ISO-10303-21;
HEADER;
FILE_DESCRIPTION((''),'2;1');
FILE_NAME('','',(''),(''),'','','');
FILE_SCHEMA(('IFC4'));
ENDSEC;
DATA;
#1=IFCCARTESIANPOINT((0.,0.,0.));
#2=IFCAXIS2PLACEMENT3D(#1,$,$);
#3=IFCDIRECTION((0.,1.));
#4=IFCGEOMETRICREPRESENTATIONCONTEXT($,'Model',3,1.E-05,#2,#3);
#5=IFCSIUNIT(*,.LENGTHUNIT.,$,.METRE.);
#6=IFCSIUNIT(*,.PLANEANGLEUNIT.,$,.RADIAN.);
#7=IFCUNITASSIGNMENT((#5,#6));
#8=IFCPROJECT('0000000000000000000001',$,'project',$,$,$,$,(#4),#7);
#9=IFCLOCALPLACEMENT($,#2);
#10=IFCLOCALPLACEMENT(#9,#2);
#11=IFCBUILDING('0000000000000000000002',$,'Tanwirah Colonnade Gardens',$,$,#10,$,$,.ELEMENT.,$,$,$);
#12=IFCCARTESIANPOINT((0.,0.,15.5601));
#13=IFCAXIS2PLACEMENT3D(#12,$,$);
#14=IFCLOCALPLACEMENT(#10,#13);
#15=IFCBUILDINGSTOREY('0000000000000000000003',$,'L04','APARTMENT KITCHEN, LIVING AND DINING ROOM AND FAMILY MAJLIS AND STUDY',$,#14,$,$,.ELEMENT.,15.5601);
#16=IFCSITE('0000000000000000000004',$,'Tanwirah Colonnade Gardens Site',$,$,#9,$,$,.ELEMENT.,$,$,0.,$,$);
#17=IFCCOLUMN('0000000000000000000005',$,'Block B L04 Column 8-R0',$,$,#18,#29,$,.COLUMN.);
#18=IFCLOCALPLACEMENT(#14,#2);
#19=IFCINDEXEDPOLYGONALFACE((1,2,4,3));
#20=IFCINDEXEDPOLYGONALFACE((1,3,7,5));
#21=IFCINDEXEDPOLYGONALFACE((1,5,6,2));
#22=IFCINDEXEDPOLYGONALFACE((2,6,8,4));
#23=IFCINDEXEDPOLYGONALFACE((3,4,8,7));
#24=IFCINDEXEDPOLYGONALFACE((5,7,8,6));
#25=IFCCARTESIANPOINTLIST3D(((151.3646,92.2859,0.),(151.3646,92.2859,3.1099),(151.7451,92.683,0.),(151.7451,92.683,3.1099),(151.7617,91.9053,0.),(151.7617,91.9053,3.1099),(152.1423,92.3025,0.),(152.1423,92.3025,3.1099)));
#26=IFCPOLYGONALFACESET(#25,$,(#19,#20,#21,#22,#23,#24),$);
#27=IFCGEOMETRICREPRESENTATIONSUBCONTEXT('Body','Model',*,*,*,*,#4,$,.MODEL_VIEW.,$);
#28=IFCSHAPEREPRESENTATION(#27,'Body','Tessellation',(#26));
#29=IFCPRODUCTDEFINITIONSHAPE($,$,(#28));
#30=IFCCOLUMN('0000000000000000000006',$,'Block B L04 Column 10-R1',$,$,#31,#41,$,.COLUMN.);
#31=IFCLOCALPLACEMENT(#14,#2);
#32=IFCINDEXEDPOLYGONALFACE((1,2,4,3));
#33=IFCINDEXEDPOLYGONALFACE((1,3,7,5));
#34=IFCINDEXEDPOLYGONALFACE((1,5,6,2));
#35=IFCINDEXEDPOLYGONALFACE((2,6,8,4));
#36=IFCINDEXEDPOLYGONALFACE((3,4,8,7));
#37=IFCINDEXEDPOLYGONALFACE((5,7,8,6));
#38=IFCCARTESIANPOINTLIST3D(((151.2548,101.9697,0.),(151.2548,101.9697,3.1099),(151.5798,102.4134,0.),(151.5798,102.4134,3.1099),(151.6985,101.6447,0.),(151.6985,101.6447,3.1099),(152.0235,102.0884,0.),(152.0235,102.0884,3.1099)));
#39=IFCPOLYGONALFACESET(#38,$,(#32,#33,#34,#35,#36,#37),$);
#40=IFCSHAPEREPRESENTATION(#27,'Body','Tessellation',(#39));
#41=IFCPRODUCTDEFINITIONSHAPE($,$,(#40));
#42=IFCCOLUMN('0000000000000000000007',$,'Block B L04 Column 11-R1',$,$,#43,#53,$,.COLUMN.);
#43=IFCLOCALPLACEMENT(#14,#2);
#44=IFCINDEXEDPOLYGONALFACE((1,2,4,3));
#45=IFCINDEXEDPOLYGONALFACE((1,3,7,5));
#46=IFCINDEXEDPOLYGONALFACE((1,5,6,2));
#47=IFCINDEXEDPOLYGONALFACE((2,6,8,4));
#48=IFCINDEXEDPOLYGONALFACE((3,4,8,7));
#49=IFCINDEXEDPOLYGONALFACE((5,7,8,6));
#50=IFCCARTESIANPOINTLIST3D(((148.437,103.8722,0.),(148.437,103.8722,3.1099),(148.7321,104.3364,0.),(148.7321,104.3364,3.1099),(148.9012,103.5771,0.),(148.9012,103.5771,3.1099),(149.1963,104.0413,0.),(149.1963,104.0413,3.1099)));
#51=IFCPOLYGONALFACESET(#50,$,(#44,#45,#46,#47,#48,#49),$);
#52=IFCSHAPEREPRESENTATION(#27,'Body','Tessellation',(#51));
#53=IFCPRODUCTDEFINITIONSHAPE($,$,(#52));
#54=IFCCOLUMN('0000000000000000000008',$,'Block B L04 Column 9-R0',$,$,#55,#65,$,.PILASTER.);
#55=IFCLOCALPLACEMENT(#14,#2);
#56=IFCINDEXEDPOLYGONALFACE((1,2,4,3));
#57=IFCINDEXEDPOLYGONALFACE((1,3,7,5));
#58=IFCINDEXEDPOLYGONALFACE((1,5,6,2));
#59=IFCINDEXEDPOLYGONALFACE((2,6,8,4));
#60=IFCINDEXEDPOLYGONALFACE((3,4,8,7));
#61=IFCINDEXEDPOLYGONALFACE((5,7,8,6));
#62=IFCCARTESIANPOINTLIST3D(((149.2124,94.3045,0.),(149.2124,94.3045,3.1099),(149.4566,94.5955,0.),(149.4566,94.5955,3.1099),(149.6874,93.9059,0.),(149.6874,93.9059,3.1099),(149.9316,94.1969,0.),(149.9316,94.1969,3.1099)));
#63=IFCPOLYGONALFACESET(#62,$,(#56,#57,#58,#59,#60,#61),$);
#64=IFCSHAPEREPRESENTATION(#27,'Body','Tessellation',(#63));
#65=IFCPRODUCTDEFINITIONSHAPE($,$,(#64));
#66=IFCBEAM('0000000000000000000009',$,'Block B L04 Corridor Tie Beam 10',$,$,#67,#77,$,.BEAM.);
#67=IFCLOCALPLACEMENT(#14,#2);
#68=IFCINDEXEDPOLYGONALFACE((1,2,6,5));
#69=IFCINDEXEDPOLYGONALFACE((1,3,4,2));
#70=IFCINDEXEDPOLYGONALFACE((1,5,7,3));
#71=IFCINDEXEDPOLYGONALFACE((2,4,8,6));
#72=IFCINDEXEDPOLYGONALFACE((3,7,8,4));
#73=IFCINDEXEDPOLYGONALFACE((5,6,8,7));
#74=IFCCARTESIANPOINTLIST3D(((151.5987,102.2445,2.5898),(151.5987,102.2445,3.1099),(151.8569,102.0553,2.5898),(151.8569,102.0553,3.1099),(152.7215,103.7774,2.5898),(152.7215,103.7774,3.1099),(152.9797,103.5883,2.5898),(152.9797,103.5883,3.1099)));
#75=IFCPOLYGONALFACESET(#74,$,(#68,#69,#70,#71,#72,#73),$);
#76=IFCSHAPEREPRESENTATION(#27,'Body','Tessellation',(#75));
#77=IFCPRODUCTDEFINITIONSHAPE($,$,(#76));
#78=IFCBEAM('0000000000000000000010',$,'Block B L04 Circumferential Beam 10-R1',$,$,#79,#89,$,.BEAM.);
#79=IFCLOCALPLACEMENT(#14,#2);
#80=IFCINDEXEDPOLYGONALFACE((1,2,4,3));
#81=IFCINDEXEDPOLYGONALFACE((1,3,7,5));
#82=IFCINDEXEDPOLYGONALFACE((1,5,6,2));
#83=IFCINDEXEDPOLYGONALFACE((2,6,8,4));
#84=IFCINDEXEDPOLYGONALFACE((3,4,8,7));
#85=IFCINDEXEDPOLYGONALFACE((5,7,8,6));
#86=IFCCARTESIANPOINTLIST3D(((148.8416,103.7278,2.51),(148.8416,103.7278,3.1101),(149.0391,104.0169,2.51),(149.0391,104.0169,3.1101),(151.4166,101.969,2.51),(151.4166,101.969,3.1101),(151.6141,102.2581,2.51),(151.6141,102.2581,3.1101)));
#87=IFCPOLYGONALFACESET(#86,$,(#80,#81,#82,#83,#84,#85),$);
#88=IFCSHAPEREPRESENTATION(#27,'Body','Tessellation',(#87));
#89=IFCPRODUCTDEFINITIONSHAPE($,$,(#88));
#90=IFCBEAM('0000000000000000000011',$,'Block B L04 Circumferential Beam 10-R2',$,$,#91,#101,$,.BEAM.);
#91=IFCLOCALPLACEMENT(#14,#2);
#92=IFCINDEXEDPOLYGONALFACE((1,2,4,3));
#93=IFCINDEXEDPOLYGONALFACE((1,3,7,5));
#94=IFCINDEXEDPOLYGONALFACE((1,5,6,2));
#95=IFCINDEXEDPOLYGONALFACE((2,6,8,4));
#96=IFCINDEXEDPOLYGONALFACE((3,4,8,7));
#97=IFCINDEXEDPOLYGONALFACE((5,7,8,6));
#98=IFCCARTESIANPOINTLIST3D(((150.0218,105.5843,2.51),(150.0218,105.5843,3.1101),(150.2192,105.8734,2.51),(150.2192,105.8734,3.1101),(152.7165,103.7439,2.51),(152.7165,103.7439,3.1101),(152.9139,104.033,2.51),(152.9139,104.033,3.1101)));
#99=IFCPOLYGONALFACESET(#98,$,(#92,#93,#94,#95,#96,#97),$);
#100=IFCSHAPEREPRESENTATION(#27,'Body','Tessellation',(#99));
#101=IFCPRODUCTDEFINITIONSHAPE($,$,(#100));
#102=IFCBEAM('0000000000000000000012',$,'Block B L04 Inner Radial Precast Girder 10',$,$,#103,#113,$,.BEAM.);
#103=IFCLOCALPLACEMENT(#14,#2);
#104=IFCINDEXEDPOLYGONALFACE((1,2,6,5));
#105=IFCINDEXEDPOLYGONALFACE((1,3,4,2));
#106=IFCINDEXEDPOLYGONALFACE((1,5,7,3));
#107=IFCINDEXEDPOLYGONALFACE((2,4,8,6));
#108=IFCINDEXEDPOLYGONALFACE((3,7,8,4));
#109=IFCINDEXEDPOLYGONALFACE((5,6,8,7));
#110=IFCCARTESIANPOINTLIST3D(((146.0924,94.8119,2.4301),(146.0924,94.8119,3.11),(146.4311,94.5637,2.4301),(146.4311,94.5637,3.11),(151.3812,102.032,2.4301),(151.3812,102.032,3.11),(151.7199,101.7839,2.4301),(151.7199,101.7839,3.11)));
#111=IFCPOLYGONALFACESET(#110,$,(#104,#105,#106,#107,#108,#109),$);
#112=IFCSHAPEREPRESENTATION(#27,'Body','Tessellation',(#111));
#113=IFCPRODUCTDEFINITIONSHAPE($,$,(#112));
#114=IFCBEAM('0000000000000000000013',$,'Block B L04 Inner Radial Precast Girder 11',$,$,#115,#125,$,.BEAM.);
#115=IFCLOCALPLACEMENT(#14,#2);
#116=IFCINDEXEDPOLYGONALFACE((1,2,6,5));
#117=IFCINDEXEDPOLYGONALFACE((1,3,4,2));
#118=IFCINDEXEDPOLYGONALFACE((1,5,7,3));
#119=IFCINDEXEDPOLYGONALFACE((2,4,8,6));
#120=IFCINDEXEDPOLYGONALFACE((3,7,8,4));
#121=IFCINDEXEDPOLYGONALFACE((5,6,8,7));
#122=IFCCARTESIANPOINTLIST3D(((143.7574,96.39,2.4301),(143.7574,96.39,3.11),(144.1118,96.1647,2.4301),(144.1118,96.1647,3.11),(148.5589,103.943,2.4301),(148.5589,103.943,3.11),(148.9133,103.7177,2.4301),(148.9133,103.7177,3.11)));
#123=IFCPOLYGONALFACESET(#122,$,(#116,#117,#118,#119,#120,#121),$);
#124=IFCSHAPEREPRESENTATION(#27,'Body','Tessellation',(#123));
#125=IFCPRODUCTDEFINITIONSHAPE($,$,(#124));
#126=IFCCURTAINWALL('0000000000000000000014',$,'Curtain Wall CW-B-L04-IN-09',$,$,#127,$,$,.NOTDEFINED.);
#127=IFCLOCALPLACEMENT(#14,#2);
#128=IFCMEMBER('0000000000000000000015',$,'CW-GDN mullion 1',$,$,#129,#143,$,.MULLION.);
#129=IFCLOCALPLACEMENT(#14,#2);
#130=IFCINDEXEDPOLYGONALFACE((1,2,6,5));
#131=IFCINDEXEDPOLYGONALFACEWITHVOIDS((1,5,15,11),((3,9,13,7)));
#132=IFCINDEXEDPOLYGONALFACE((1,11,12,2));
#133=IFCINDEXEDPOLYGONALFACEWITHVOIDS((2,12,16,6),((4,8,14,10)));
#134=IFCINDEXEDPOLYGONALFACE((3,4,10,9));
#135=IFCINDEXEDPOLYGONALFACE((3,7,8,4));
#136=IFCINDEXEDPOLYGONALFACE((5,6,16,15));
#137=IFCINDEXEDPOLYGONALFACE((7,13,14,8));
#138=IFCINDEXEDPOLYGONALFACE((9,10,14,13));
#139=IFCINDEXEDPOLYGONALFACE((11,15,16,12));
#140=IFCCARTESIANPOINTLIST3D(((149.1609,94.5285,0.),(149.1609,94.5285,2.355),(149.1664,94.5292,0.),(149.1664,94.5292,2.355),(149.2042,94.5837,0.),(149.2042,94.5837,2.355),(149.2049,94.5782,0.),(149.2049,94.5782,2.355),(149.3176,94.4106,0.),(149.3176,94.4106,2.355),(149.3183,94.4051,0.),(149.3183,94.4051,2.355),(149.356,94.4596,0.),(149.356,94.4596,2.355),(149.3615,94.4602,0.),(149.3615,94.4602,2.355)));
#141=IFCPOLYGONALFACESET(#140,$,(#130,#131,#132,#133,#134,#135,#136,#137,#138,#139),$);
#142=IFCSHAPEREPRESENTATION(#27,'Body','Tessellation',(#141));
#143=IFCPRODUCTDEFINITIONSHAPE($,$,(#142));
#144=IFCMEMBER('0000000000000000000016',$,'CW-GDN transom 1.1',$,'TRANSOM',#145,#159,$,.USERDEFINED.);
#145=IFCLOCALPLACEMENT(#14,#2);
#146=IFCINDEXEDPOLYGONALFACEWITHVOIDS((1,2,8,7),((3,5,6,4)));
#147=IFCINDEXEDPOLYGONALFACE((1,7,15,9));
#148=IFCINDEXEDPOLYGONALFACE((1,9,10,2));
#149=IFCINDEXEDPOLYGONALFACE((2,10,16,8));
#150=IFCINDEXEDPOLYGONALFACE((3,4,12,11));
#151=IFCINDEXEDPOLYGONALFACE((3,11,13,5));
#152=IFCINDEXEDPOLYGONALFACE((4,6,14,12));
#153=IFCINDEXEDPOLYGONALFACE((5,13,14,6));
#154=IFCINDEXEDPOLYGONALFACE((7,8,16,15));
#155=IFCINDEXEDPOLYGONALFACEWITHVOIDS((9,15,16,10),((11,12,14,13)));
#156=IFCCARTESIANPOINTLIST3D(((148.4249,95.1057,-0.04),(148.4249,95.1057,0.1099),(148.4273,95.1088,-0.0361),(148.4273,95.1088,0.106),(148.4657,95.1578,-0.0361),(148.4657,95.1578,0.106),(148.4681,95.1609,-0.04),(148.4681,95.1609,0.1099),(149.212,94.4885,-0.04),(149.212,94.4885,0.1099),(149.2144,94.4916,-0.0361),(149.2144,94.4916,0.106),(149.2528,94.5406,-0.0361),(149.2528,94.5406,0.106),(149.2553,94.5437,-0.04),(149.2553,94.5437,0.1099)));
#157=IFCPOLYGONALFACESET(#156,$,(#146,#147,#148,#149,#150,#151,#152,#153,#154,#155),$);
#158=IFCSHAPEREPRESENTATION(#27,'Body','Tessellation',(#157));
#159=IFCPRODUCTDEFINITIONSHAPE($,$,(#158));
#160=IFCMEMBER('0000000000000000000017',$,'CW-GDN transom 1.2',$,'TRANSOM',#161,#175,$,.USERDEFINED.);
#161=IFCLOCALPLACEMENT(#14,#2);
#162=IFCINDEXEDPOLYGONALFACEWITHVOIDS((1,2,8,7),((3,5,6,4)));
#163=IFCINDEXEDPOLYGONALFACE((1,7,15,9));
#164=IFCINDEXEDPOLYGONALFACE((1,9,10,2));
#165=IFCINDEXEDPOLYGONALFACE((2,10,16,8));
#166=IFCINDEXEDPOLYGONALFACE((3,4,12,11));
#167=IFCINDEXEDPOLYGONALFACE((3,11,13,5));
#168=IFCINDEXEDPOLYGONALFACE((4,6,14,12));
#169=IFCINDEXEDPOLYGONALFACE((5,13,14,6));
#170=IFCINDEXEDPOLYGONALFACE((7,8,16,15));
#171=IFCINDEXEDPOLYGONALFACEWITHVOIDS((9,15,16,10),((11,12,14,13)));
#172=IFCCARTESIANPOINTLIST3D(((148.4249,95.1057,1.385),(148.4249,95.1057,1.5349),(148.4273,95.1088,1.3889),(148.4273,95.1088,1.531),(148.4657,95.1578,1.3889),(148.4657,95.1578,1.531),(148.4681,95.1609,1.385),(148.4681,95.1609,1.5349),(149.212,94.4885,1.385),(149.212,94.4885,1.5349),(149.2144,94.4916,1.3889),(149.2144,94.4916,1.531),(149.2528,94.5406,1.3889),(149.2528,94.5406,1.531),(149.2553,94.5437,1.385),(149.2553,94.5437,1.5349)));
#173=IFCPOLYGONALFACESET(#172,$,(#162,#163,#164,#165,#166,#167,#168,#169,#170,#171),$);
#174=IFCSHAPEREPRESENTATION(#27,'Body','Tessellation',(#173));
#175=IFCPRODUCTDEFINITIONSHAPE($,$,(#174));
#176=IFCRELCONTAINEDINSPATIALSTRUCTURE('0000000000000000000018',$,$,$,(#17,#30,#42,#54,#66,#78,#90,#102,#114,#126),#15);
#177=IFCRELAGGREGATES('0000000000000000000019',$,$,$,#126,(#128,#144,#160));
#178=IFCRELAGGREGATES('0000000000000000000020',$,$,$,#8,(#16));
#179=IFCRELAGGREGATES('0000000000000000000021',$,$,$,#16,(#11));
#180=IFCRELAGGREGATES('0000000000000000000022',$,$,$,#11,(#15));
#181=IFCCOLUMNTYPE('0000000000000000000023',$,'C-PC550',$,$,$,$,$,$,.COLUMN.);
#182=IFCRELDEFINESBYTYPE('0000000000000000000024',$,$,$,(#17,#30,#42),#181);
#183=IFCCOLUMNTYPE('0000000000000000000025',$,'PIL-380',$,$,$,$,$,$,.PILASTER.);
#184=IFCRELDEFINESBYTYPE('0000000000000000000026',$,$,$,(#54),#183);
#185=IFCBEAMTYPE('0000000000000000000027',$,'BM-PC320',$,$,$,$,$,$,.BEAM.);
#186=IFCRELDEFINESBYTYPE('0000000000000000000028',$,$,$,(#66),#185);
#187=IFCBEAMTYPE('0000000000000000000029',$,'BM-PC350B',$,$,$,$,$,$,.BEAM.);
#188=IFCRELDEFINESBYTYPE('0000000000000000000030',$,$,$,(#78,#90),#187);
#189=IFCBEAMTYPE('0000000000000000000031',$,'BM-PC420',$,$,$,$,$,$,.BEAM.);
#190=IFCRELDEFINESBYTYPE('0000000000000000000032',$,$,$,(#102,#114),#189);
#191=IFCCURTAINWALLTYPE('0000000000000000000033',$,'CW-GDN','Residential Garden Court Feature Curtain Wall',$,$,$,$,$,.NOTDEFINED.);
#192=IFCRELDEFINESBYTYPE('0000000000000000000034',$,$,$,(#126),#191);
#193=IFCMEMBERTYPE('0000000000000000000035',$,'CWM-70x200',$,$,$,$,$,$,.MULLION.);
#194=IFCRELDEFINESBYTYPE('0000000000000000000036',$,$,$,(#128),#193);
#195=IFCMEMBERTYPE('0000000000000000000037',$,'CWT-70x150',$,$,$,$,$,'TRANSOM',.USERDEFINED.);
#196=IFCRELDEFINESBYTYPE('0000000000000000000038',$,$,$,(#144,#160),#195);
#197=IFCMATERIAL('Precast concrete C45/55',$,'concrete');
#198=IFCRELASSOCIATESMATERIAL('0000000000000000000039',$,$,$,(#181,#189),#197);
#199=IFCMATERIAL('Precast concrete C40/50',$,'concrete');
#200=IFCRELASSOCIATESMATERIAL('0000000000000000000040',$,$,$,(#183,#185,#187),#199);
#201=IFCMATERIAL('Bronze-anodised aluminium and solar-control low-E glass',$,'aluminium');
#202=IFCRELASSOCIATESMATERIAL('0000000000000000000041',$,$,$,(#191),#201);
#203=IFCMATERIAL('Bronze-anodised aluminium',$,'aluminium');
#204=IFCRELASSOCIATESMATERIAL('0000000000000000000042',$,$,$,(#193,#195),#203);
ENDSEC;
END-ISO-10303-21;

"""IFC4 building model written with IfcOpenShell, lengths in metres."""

from ifc_helpers import new_model, si_unit, direction, frame, origin, origin_2d, place, context, subcontext, project, spatial, rectangle, hollow_rectangle, extrude, material, material_profile, profile_set, type_object, element, aggregate, save


model = new_model("IFC4")

# Units and contexts
model_context = context("Model", 3, precision=1e-05, world=origin(), true_north=direction((0.0, 1.0)))
body_context = subcontext(model_context, "Body", "Model", "MODEL_VIEW")
ifc_project = project(units=[si_unit("LENGTHUNIT", "METRE"), si_unit("PLANEANGLEUNIT", "RADIAN")], contexts=[model_context])

# Site, building, storey
site_placement = place(None, origin())
site = spatial("IfcSite", under=ifc_project, at=site_placement, Name="Tanwirah Colonnade Gardens Site", CompositionType="ELEMENT", RefElevation=0.0)
building_placement = place(site_placement, origin())
building = spatial("IfcBuilding", under=site, at=building_placement, Name="Tanwirah Colonnade Gardens", CompositionType="ELEMENT")
storey_placement = place(building_placement, frame((0.0, 0.0, 15.5601)))
storey = spatial("IfcBuildingStorey", under=building, at=storey_placement, Name="L04", Description="APARTMENT KITCHEN, LIVING AND DINING ROOM AND FAMILY MAJLIS AND STUDY", CompositionType="ELEMENT", Elevation=15.5601)

# Columns
ifc_material_1 = material(Name="Precast concrete C45/55", Category="concrete")
ifc_material_profile_1 = material_profile(ifc_material_1, rectangle(XDim=0.55, YDim=0.55, at=origin_2d()), Name="PC-COL 550x550")
ifc_profile_set_1 = profile_set([ifc_material_profile_1], Name="Precast concrete C45/55")
column_type_1 = type_object("IfcColumnType", Name="C-PC550", PredefinedType="COLUMN", material=ifc_profile_set_1)
for number, where, z_axis, x_axis, name in (
    (1, (151.7534, 92.2942, 0.0), (0.0, 0.0, 1.0), (0.691863, 0.722029, 0.0), "Block B L04 Column 8-R0"),
    (2, (151.6392, 102.0291, 0.0), (0.0, 0.0, 1.0), (0.590919, 0.806731, 0.0), "Block B L04 Column 10-R1"),
    (3, (148.8167, 103.9568, 0.0), (0.0, 0.0, 1.0), (0.536482, 0.843912, 0.0), "Block B L04 Column 11-R1"),
):
    element("IfcColumn", number, at=place(storey_placement, frame(where, z_axis=z_axis, x_axis=x_axis)), inside=storey, type_object=column_type_1, Name=name, PredefinedType="COLUMN", context=body_context, shape_type="SweptSolid", body=[
        extrude(rectangle(XDim=0.55, YDim=0.55, at=origin_2d()), origin(), (0.0, 0.0, 1.0), 3.1099),
    ])
ifc_material_2 = material(Name="Precast concrete C40/50", Category="concrete")
ifc_material_profile_2 = material_profile(ifc_material_2, rectangle(XDim=0.3799, YDim=0.6201, at=origin_2d()), Name="PC-PIL 380x620")
ifc_profile_set_2 = profile_set([ifc_material_profile_2], Name="Precast concrete C40/50")
column_type_2 = type_object("IfcColumnType", Name="PIL-380", PredefinedType="PILASTER", material=ifc_profile_set_2)
column_placement = place(storey_placement, frame((149.572, 94.2507, 0.0), z_axis=(0.0, 0.0, 1.0), x_axis=(0.642788, 0.766044, 0.0)))
element("IfcColumn", 4, at=column_placement, inside=storey, type_object=column_type_2, Name="Block B L04 Column 9-R0", PredefinedType="PILASTER", context=body_context, shape_type="SweptSolid", body=[
    extrude(rectangle(XDim=0.3799, YDim=0.6201, at=origin_2d()), origin(), (0.0, 0.0, 1.0), 3.1099),
])

# Beams
ifc_material_profile_3 = material_profile(ifc_material_2, rectangle(XDim=0.3201, YDim=0.52, at=origin_2d()), Name="PC-BM 320x520")
ifc_profile_set_3 = profile_set([ifc_material_profile_3], Name="Precast concrete C40/50")
beam_type_1 = type_object("IfcBeamType", Name="BM-PC320", PredefinedType="BEAM", material=ifc_profile_set_3)
beam_1_placement = place(storey_placement, frame((151.7278, 102.1499, 2.8499), z_axis=(0.590896, 0.806748, 0.0), x_axis=(-0.806748, 0.590896, 0.0)))
element("IfcBeam", 5, at=beam_1_placement, inside=storey, type_object=beam_type_1, Name="Block B L04 Corridor Tie Beam 10", PredefinedType="BEAM", context=body_context, shape_type="SweptSolid", body=[
    extrude(rectangle(XDim=0.3201, YDim=0.52, at=origin_2d()), origin(), (0.0, 0.0, 1.0), 1.9001),
])
ifc_material_profile_4 = material_profile(ifc_material_2, rectangle(XDim=0.3501, YDim=0.6001, at=origin_2d()), Name="PC-BM 350x600")
ifc_profile_set_4 = profile_set([ifc_material_profile_4], Name="Precast concrete C40/50")
beam_type_2 = type_object("IfcBeamType", Name="BM-PC350B", PredefinedType="BEAM", material=ifc_profile_set_4)
beam_2_placement = place(storey_placement, frame((151.5154, 102.1135, 2.8101), z_axis=(-0.825758, 0.564024, 0.0), x_axis=(-0.564024, -0.825758, 0.0)))
element("IfcBeam", 6, at=beam_2_placement, inside=storey, type_object=beam_type_2, Name="Block B L04 Circumferential Beam 10-R1", PredefinedType="BEAM", context=body_context, shape_type="SweptSolid", body=[
    extrude(rectangle(XDim=0.3501, YDim=0.6001, at=origin_2d()), origin(), (0.0, 0.0, 1.0), 3.1184),
])
beam_3_placement = place(storey_placement, frame((152.8152, 103.8884, 2.8101), z_axis=(-0.825782, 0.563989, 0.0), x_axis=(-0.563989, -0.825782, 0.0)))
element("IfcBeam", 7, at=beam_3_placement, inside=storey, type_object=beam_type_2, Name="Block B L04 Circumferential Beam 10-R2", PredefinedType="BEAM", context=body_context, shape_type="SweptSolid", body=[
    extrude(rectangle(XDim=0.3501, YDim=0.6001, at=origin_2d()), origin(), (0.0, 0.0, 1.0), 3.2632),
])
ifc_material_profile_5 = material_profile(ifc_material_1, rectangle(XDim=0.4199, YDim=0.6799, at=origin_2d()), Name="PC-BM 420x680")
ifc_profile_set_5 = profile_set([ifc_material_profile_5], Name="Precast concrete C45/55")
beam_type_3 = type_object("IfcBeamType", Name="BM-PC420", PredefinedType="BEAM", material=ifc_profile_set_5)
for number, where, z_axis, x_axis, name in (
    (8, (151.5505, 101.908, 2.77), (-0.590927, -0.806725, 0.0), (0.806725, -0.590927, 0.0), "Block B L04 Inner Radial Precast Girder 10"),
    (9, (148.7361, 103.8303, 2.77), (-0.536484, -0.843911, 0.0), (0.843911, -0.536484, 0.0), "Block B L04 Inner Radial Precast Girder 11"),
):
    element("IfcBeam", number, at=place(storey_placement, frame(where, z_axis=z_axis, x_axis=x_axis)), inside=storey, type_object=beam_type_3, Name=name, PredefinedType="BEAM", context=body_context, shape_type="SweptSolid", body=[
        extrude(rectangle(XDim=0.4199, YDim=0.6799, at=origin_2d()), origin(), (0.0, 0.0, 1.0), 8.95),
    ])

# Curtain wall, members
ifc_material_3 = material(Name="Bronze-anodised aluminium and solar-control low-E glass", Category="aluminium")
curtain_wall_type = type_object("IfcCurtainWallType", Name="CW-GDN", Description="Residential Garden Court Feature Curtain Wall", PredefinedType="NOTDEFINED", material=ifc_material_3)
curtain_wall_placement = place(storey_placement, origin())
curtain_wall = element("IfcCurtainWall", 10, at=curtain_wall_placement, inside=storey, type_object=curtain_wall_type, Name="Curtain Wall CW-B-L04-IN-09", PredefinedType="NOTDEFINED")
ifc_material_4 = material(Name="Bronze-anodised aluminium", Category="aluminium")
ifc_material_profile_6 = material_profile(ifc_material_4, hollow_rectangle(XDim=0.0701, YDim=0.2, WallThickness=0.0039, at=origin_2d()), Name="CW-MUL 70x200x4")
ifc_profile_set_6 = profile_set([ifc_material_profile_6], Name="Bronze-anodised aluminium")
member_type_1 = type_object("IfcMemberType", Name="CWM-70x200", PredefinedType="MULLION", material=ifc_profile_set_6)
member_1_placement = place(storey_placement, frame((149.2612, 94.4944, 0.0), z_axis=(0.0, 0.0, 1.0), x_axis=(-0.617189, -0.786815, 0.0)))
member_1 = element("IfcMember", 11, at=member_1_placement, type_object=member_type_1, Name="CW-GDN mullion 1", PredefinedType="MULLION", context=body_context, shape_type="SweptSolid", body=[
    extrude(hollow_rectangle(XDim=0.0701, YDim=0.2, WallThickness=0.0039, at=origin_2d()), origin(), (0.0, 0.0, 1.0), 2.355),
])
ifc_material_profile_7 = material_profile(ifc_material_4, hollow_rectangle(XDim=0.0701, YDim=0.1499, WallThickness=0.0039, at=origin_2d()), Name="CW-TRN 70x150x4")
ifc_profile_set_7 = profile_set([ifc_material_profile_7], Name="Bronze-anodised aluminium")
member_type_2 = type_object("IfcMemberType", Name="CWT-70x150", ElementType="TRANSOM", PredefinedType="USERDEFINED", material=ifc_profile_set_7)
member_2_placement = place(storey_placement, frame((149.2336, 94.5161, 0.0349), z_axis=(-0.786928, 0.617045, 0.0), x_axis=(-0.617045, -0.786928, 0.0)))
member_2 = element("IfcMember", 12, at=member_2_placement, type_object=member_type_2, Name="CW-GDN transom 1.1", ObjectType="TRANSOM", PredefinedType="USERDEFINED", context=body_context, shape_type="SweptSolid", body=[
    extrude(hollow_rectangle(XDim=0.0701, YDim=0.1499, WallThickness=0.0039, at=origin_2d()), origin(), (0.0, 0.0, 1.0), 1.0002),
])
member_3_placement = place(storey_placement, frame((149.2336, 94.5161, 1.46), z_axis=(-0.786928, 0.617045, 0.0), x_axis=(-0.617045, -0.786928, 0.0)))
member_3 = element("IfcMember", 13, at=member_3_placement, type_object=member_type_2, Name="CW-GDN transom 1.2", ObjectType="TRANSOM", PredefinedType="USERDEFINED", context=body_context, shape_type="SweptSolid", body=[
    extrude(hollow_rectangle(XDim=0.0701, YDim=0.1499, WallThickness=0.0039, at=origin_2d()), origin(), (0.0, 0.0, 1.0), 1.0002),
])

aggregate(curtain_wall, [member_1, member_2, member_3])

save(model, "model.ifc")
